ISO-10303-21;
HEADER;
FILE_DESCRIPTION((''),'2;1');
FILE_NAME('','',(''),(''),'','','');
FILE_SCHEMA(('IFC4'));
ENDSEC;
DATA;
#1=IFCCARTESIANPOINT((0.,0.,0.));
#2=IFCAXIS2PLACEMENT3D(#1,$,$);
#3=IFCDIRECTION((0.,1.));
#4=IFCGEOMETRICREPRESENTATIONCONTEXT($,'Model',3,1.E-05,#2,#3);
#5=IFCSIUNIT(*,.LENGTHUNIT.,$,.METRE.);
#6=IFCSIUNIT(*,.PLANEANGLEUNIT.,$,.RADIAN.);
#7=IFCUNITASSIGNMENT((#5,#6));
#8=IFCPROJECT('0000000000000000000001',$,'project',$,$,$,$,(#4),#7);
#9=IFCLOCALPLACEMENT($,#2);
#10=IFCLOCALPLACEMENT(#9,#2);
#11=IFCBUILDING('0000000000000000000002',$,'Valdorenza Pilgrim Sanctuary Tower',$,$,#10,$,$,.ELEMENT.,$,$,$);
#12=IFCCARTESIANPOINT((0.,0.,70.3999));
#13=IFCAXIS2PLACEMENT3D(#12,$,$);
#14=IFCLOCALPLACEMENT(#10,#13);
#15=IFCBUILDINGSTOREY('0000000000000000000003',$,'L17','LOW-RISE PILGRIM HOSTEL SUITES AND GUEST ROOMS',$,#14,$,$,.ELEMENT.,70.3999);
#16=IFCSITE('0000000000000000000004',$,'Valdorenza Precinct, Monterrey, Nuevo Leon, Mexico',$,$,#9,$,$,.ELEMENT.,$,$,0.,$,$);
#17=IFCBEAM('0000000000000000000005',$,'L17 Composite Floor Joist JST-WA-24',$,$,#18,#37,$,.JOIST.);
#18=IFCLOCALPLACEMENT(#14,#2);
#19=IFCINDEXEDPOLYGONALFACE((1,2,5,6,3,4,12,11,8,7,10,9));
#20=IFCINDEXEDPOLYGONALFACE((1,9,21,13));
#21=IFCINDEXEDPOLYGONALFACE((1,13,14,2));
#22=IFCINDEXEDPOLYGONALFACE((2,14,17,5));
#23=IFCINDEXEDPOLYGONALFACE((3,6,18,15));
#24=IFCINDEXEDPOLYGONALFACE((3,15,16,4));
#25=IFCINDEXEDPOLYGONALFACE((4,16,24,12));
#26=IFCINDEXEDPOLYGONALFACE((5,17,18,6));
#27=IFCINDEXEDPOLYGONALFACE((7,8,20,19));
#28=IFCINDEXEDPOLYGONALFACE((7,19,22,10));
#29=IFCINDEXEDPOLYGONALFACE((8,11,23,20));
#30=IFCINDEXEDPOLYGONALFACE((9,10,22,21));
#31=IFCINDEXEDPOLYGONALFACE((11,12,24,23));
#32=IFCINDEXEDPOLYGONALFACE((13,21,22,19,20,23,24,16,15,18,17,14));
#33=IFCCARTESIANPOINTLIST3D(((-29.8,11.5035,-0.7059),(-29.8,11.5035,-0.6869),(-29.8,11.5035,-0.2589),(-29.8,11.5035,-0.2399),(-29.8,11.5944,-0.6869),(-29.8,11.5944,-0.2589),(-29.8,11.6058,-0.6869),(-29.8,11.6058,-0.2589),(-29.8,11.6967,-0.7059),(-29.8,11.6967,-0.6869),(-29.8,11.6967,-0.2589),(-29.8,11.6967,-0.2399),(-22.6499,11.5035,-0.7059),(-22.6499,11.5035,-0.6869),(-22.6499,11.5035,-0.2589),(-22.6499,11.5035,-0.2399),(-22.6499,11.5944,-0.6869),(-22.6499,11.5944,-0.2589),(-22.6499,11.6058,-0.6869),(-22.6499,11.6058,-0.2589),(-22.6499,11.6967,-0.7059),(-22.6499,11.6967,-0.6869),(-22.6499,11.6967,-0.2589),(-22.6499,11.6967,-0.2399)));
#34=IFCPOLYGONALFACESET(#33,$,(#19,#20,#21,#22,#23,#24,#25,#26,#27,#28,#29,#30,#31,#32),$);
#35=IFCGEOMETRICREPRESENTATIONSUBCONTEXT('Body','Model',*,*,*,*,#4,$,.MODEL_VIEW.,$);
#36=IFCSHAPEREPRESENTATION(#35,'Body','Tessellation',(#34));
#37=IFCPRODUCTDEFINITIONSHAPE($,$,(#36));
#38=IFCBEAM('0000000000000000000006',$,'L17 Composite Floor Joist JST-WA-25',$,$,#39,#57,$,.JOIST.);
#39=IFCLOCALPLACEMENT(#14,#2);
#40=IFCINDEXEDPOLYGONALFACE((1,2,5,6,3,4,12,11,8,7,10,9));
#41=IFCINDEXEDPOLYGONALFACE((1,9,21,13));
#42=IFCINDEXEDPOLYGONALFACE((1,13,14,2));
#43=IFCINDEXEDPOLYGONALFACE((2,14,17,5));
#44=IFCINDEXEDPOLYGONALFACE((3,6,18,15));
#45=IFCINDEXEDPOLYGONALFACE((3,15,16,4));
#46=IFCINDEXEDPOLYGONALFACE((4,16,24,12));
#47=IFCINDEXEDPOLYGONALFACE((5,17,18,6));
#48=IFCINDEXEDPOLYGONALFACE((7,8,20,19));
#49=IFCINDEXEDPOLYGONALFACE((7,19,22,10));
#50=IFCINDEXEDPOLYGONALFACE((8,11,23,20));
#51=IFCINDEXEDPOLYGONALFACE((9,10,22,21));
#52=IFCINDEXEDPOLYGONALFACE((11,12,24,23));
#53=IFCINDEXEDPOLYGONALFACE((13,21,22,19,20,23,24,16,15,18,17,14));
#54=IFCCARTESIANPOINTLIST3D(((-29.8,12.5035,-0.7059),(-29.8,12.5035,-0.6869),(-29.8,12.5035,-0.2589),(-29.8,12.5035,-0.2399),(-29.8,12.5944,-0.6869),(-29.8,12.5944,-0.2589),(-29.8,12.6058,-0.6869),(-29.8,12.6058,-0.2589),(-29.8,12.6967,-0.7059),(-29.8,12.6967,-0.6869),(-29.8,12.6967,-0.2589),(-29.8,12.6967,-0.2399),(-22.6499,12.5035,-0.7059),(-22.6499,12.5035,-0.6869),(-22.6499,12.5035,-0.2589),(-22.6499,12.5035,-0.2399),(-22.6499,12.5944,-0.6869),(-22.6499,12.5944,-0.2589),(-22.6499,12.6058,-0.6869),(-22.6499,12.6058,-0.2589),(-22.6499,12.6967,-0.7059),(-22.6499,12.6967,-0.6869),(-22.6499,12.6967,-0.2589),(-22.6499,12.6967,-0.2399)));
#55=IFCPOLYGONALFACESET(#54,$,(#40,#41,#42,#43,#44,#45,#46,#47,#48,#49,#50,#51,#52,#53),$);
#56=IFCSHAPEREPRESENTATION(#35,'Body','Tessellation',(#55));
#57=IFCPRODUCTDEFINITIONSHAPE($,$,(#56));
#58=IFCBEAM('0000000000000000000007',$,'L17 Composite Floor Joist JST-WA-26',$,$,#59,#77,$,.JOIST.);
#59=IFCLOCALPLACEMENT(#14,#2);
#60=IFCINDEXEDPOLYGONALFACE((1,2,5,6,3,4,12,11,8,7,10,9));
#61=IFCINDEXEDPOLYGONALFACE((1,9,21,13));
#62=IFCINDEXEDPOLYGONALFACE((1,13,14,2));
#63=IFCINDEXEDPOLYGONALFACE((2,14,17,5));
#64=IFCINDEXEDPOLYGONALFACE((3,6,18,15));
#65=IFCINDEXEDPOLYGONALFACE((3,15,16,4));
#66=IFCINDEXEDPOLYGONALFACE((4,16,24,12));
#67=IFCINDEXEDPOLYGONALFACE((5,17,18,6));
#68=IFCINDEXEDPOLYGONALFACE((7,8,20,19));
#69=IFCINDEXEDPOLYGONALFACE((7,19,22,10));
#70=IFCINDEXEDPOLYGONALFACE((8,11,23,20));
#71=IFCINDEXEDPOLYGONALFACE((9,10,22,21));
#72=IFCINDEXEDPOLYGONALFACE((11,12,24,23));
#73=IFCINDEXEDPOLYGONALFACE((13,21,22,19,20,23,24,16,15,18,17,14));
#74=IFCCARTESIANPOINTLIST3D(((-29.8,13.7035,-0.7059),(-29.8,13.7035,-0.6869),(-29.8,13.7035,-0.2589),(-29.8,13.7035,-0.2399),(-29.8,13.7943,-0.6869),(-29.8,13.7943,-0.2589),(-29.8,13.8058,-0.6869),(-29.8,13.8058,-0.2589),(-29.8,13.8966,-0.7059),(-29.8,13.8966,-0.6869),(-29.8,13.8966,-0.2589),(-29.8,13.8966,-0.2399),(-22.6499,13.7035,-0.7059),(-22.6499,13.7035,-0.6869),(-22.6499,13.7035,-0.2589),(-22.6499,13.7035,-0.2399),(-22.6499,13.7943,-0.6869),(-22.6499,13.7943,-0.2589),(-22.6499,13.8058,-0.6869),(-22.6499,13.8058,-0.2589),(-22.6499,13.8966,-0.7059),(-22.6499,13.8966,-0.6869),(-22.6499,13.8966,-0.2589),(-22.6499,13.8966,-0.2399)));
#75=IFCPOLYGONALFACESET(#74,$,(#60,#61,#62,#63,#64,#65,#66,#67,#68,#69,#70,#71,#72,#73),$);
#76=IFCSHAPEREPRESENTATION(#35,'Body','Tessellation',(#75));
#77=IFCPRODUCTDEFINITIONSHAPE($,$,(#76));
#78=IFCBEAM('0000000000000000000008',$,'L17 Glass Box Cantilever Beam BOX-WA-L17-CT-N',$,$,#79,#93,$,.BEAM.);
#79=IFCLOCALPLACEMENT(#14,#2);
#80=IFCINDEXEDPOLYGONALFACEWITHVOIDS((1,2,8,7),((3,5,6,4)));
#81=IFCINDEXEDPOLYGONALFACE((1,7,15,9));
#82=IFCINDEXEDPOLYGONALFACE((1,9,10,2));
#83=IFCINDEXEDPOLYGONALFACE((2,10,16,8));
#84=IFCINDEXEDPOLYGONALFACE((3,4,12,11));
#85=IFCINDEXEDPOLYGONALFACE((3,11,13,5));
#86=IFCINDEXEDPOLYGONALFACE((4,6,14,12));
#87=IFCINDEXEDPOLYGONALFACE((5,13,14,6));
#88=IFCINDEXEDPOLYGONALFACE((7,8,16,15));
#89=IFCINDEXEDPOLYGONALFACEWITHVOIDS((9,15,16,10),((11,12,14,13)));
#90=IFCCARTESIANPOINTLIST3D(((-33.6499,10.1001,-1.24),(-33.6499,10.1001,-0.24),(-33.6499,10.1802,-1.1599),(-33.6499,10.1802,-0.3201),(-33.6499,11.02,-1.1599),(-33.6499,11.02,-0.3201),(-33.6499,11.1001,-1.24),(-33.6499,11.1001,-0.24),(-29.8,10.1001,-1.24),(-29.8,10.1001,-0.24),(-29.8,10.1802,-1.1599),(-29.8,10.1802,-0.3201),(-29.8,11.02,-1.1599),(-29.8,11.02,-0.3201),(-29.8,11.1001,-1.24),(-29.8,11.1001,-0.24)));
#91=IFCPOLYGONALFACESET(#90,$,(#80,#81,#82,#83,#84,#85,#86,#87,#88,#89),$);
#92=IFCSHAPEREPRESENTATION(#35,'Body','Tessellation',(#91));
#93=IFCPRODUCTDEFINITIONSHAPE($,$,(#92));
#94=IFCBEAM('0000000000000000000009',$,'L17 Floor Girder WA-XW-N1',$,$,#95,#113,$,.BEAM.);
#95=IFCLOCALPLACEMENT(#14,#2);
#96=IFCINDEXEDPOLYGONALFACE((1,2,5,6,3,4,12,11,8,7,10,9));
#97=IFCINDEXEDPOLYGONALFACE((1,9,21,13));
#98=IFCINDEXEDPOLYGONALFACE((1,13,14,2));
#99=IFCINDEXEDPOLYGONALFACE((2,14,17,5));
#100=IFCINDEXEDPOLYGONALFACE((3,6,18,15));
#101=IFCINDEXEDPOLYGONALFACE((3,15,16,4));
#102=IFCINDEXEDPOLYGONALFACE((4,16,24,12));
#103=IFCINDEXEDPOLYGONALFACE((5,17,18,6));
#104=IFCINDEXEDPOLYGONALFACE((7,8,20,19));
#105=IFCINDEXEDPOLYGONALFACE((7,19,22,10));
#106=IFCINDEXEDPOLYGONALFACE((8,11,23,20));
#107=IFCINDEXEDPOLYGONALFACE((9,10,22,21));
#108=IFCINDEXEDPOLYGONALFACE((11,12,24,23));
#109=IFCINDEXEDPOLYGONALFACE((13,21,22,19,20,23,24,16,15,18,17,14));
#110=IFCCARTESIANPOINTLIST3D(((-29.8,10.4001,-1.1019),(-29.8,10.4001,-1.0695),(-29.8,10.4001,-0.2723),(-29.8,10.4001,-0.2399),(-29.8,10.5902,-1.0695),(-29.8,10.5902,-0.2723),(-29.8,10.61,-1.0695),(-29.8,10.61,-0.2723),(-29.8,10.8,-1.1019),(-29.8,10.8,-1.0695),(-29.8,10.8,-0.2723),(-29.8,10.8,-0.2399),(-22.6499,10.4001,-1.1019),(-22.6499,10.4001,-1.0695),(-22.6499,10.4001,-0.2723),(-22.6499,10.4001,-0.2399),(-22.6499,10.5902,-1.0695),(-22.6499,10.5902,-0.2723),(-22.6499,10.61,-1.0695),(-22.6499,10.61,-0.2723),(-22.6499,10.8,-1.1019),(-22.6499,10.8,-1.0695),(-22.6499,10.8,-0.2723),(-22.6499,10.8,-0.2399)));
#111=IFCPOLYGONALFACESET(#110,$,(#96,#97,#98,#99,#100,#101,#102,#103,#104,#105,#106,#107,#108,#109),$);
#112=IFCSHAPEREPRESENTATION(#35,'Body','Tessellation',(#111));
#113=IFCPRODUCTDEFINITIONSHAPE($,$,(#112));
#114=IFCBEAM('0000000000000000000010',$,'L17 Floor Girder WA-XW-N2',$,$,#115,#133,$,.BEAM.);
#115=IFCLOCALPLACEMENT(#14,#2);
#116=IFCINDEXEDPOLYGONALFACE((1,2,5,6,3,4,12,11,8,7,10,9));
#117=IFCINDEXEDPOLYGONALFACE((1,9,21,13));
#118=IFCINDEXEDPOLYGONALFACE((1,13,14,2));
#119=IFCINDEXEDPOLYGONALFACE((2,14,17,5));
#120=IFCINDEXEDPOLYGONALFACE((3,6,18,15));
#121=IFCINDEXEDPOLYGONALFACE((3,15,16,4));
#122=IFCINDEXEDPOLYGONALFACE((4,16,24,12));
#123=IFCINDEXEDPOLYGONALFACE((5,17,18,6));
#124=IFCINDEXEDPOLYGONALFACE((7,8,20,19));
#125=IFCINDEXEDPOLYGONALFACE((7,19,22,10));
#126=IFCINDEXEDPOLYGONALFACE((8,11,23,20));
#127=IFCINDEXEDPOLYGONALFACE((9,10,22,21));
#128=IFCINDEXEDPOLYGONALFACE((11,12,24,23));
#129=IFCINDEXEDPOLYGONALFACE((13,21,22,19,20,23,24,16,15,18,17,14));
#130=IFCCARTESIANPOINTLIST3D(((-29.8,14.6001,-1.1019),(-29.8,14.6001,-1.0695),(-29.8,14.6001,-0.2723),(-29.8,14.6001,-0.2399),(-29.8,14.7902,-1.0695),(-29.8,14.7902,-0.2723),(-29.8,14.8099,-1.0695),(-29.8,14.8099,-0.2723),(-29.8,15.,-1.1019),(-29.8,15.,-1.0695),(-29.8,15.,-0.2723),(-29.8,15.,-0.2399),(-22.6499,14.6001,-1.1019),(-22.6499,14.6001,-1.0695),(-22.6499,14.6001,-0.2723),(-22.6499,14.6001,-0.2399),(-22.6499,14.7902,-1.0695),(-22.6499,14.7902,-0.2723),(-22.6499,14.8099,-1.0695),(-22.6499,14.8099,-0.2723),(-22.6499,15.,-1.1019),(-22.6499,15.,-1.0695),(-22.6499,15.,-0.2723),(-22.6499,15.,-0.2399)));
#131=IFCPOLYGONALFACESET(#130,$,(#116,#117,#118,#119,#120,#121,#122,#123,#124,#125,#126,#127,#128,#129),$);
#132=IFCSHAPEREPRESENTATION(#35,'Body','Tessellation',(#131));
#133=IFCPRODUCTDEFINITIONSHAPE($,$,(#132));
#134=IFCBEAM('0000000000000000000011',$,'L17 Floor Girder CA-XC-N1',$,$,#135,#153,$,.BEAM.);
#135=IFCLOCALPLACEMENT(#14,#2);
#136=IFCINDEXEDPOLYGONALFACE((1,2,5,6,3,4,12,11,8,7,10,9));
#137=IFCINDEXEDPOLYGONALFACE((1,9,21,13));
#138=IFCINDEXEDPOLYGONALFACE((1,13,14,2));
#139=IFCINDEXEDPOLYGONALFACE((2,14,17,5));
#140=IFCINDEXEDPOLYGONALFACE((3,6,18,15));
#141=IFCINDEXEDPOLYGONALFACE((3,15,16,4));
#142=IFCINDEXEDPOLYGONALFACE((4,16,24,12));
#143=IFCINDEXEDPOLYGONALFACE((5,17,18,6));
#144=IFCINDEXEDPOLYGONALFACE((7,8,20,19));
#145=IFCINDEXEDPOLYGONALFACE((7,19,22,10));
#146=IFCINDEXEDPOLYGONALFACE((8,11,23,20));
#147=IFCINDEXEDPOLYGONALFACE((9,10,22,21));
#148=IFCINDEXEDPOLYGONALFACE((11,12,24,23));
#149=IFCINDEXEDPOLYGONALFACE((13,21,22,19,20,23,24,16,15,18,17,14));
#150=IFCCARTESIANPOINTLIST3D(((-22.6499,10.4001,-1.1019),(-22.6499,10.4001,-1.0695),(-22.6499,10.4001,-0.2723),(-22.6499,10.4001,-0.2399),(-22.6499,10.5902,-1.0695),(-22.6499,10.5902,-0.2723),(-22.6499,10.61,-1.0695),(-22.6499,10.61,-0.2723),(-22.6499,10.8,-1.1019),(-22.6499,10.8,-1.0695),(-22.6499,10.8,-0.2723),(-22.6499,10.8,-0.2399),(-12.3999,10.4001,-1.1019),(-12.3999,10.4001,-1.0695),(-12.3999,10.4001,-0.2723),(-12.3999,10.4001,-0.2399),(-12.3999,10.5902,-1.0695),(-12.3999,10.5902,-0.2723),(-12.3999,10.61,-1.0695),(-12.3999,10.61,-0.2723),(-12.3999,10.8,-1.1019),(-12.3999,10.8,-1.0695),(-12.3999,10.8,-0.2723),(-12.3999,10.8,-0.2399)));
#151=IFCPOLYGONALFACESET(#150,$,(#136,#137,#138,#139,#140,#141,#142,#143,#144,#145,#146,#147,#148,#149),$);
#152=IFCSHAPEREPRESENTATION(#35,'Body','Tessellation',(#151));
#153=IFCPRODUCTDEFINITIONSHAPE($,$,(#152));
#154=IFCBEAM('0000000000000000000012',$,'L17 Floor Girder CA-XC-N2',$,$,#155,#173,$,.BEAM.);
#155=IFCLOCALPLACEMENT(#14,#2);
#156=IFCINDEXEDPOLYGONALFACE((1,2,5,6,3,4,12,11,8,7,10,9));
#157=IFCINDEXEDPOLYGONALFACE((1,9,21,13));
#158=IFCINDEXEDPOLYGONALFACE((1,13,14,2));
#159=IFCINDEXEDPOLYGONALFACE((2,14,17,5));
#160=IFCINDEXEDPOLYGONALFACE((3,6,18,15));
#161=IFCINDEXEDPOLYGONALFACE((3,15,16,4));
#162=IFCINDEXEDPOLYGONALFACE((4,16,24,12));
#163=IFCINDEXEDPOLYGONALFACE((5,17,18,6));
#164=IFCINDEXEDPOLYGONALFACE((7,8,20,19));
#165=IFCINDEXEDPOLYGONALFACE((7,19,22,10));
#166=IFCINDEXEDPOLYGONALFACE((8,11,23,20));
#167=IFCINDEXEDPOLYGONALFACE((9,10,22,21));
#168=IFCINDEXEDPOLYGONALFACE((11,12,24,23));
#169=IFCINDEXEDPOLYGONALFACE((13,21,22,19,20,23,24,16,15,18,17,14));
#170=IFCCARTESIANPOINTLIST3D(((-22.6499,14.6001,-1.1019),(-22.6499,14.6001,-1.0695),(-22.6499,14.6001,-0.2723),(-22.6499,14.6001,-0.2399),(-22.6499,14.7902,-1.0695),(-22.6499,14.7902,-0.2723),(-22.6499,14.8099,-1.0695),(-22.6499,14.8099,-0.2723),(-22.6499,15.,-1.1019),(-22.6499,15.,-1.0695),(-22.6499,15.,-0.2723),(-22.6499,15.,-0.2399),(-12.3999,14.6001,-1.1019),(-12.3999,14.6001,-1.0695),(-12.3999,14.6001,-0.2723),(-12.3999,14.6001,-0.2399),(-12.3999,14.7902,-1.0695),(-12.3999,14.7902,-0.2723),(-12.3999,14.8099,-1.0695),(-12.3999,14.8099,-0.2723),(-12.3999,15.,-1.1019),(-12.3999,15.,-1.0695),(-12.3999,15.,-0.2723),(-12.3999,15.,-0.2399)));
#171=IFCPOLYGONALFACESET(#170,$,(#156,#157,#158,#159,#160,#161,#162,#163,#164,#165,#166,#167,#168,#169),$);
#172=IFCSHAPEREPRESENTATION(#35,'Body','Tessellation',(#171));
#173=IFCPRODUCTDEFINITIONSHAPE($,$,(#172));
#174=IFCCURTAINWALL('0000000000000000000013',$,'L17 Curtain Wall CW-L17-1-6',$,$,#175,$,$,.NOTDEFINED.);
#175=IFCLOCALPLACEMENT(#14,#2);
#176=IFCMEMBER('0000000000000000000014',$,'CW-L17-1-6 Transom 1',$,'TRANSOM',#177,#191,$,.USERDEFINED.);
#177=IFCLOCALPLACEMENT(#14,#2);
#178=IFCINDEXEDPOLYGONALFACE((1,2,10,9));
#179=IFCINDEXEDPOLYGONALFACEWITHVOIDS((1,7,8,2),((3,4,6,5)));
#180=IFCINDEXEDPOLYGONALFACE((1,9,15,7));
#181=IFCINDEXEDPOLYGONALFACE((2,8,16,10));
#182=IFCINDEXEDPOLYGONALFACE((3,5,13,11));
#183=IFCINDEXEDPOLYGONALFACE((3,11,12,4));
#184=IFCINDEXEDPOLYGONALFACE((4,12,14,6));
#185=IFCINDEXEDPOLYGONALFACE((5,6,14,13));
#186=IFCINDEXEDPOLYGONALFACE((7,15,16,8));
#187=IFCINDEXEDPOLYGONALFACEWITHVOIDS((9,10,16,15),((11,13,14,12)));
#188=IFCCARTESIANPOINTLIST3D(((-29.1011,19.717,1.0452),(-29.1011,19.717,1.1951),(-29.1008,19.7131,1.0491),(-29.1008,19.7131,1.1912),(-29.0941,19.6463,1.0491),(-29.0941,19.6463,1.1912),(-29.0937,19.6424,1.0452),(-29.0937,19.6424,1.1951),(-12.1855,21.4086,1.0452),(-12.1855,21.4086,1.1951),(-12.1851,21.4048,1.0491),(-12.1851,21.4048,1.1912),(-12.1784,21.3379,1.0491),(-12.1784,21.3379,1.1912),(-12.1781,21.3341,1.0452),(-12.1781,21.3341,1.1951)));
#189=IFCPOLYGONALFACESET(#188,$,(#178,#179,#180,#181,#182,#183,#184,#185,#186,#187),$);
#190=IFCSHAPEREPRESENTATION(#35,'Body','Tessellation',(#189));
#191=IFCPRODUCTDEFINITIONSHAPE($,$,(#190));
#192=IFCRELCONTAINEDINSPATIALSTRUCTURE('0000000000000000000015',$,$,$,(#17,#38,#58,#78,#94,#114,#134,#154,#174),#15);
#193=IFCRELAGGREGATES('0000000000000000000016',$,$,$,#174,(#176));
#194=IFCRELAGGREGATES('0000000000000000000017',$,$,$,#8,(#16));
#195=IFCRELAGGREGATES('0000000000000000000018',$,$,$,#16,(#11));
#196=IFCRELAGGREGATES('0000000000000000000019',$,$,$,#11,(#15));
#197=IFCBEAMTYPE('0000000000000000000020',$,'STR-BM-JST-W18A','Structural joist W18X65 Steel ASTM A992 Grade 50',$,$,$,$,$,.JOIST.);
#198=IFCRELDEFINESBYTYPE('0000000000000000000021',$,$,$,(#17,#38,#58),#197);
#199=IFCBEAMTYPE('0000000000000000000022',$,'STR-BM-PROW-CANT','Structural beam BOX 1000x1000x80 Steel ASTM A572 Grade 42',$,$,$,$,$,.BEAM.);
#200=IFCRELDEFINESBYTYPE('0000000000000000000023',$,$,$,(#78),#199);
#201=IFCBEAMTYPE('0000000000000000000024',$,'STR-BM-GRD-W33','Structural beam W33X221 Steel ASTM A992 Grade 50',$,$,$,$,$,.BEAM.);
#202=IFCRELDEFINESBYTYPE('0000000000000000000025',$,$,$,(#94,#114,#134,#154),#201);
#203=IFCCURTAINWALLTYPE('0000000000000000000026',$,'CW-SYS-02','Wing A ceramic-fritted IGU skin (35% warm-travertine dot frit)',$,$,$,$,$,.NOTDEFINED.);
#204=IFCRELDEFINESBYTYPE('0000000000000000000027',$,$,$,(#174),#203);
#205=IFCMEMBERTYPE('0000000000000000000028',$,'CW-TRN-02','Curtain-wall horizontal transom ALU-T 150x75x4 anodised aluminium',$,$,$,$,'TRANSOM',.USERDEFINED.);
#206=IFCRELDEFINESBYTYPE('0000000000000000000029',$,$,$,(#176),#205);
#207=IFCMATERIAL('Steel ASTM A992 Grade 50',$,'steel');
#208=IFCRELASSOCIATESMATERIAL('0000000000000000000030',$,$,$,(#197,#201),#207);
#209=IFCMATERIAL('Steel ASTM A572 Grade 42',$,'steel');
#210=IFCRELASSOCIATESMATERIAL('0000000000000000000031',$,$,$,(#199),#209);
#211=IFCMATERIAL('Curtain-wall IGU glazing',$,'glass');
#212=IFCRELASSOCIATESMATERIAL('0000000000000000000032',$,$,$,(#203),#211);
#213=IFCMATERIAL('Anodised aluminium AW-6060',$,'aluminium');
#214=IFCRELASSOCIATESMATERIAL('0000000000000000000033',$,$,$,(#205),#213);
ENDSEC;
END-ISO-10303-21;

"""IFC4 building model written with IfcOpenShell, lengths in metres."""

from ifc_helpers import new_model, si_unit, direction, frame, origin, origin_2d, place, context, subcontext, project, spatial, hollow_rectangle, i_section, extrude, source, transform, mapped, material, material_profile, profile_set, type_object, element, aggregate, save


model = new_model("IFC4")

# Units and contexts
model_context = context("Model", 3, precision=1e-05, world=origin(), true_north=direction((0.0, 1.0)))
body_context = subcontext(model_context, "Body", "Model", "MODEL_VIEW")
ifc_project = project(units=[si_unit("LENGTHUNIT", "METRE"), si_unit("PLANEANGLEUNIT", "RADIAN")], contexts=[model_context])

# Site, building, storey
site_placement = place(None, origin())
site = spatial("IfcSite", under=ifc_project, at=site_placement, Name="Valdorenza Precinct, Monterrey, Nuevo Leon, Mexico", CompositionType="ELEMENT", RefElevation=0.0)
building_placement = place(site_placement, origin())
building = spatial("IfcBuilding", under=site, at=building_placement, Name="Valdorenza Pilgrim Sanctuary Tower", CompositionType="ELEMENT")
storey_placement = place(building_placement, frame((0.0, 0.0, 70.3999)))
storey = spatial("IfcBuildingStorey", under=building, at=storey_placement, Name="L17", Description="LOW-RISE PILGRIM HOSTEL SUITES AND GUEST ROOMS", CompositionType="ELEMENT", Elevation=70.3999)

# Beams
ifc_material_1 = material(Name="Steel ASTM A992 Grade 50", Category="steel")
ifc_material_profile_1 = material_profile(ifc_material_1, i_section(OverallWidth=0.1931, OverallDepth=0.4661, WebThickness=0.0115, FlangeThickness=0.019, at=origin_2d()), Name="W18X65")
ifc_profile_set_1 = profile_set([ifc_material_profile_1], Name="Steel ASTM A992 Grade 50")
beam_type_1 = type_object("IfcBeamType", Name="STR-BM-JST-W18A", Description="Structural joist W18X65 Steel ASTM A992 Grade 50", PredefinedType="JOIST", material=ifc_profile_set_1)
shared_shape_1 = source(origin(), body_context, "Body", "SweptSolid", [
    extrude(i_section(OverallWidth=0.1931, OverallDepth=0.4661, WebThickness=0.0115, FlangeThickness=0.019, at=origin_2d()), origin(), (0.0, 0.0, 1.0), 7.1501),
])
for number, where, z_axis, x_axis, name in (
    (1, (-29.8, 11.6001, -0.4729), (1.0, 0.0, 0.0), (0.0, 1.0, 0.0), "L17 Composite Floor Joist JST-WA-24"),
    (2, (-29.8, 12.6001, -0.4729), (1.0, 0.0, 0.0), (0.0, 1.0, 0.0), "L17 Composite Floor Joist JST-WA-25"),
    (3, (-29.8, 13.8, -0.4729), (1.0, 0.0, 0.0), (0.0, 1.0, 0.0), "L17 Composite Floor Joist JST-WA-26"),
):
    element("IfcBeam", number, at=place(storey_placement, frame(where, z_axis=z_axis, x_axis=x_axis)), inside=storey, type_object=beam_type_1, Name=name, PredefinedType="JOIST", context=body_context, shape_type="MappedRepresentation", body=[
        mapped(shared_shape_1, transform((0.0, 0.0, 0.0), x_axis=(1.0, 0.0, 0.0), y_axis=(0.0, 1.0, 0.0), z_axis=(0.0, 0.0, 1.0), scale=1.0)),
    ])
ifc_material_2 = material(Name="Steel ASTM A572 Grade 42", Category="steel")
ifc_material_profile_2 = material_profile(ifc_material_2, hollow_rectangle(XDim=1.0, YDim=1.0, WallThickness=0.0801, at=origin_2d()), Name="BOX 1000x1000x80")
ifc_profile_set_2 = profile_set([ifc_material_profile_2], Name="Steel ASTM A572 Grade 42")
beam_type_2 = type_object("IfcBeamType", Name="STR-BM-PROW-CANT", Description="Structural beam BOX 1000x1000x80 Steel ASTM A572 Grade 42", PredefinedType="BEAM", material=ifc_profile_set_2)
shared_shape_2 = source(origin(), body_context, "Body", "SweptSolid", [
    extrude(hollow_rectangle(XDim=1.0, YDim=1.0, WallThickness=0.0801, at=origin_2d()), origin(), (0.0, 0.0, 1.0), 3.8499),
])
beam_1_placement = place(storey_placement, frame((-29.8, 10.6001, -0.74), z_axis=(-1.0, 0.0, 0.0), x_axis=(0.0, -1.0, 0.0)))
element("IfcBeam", 4, at=beam_1_placement, inside=storey, type_object=beam_type_2, Name="L17 Glass Box Cantilever Beam BOX-WA-L17-CT-N", PredefinedType="BEAM", context=body_context, shape_type="MappedRepresentation", body=[
    mapped(shared_shape_2, transform((0.0, 0.0, 0.0), x_axis=(1.0, 0.0, 0.0), y_axis=(0.0, 1.0, 0.0), z_axis=(0.0, 0.0, 1.0), scale=1.0)),
])
ifc_material_profile_3 = material_profile(ifc_material_1, i_section(OverallWidth=0.3999, OverallDepth=0.8621, WebThickness=0.0198, FlangeThickness=0.0325, at=origin_2d()), Name="W33X221")
ifc_profile_set_3 = profile_set([ifc_material_profile_3], Name="Steel ASTM A992 Grade 50")
beam_type_3 = type_object("IfcBeamType", Name="STR-BM-GRD-W33", Description="Structural beam W33X221 Steel ASTM A992 Grade 50", PredefinedType="BEAM", material=ifc_profile_set_3)
shared_shape_3 = source(origin(), body_context, "Body", "SweptSolid", [
    extrude(i_section(OverallWidth=0.3999, OverallDepth=0.8621, WebThickness=0.0198, FlangeThickness=0.0325, at=origin_2d()), origin(), (0.0, 0.0, 1.0), 7.1501),
])
for number, where, z_axis, x_axis, name in (
    (5, (-29.8, 10.6001, -0.6709), (1.0, 0.0, 0.0), (0.0, 1.0, 0.0), "L17 Floor Girder WA-XW-N1"),
    (6, (-29.8, 14.8, -0.6709), (1.0, 0.0, 0.0), (0.0, 1.0, 0.0), "L17 Floor Girder WA-XW-N2"),
):
    element("IfcBeam", number, at=place(storey_placement, frame(where, z_axis=z_axis, x_axis=x_axis)), inside=storey, type_object=beam_type_3, Name=name, PredefinedType="BEAM", context=body_context, shape_type="MappedRepresentation", body=[
        mapped(shared_shape_3, transform((0.0, 0.0, 0.0), x_axis=(1.0, 0.0, 0.0), y_axis=(0.0, 1.0, 0.0), z_axis=(0.0, 0.0, 1.0), scale=1.0)),
    ])
shared_shape_4 = source(origin(), body_context, "Body", "SweptSolid", [
    extrude(i_section(OverallWidth=0.3999, OverallDepth=0.8621, WebThickness=0.0198, FlangeThickness=0.0325, at=origin_2d()), origin(), (0.0, 0.0, 1.0), 10.25),
])
for number, where, z_axis, x_axis, name in (
    (7, (-22.6499, 10.6001, -0.6709), (1.0, 0.0, 0.0), (0.0, 1.0, 0.0), "L17 Floor Girder CA-XC-N1"),
    (8, (-22.6499, 14.8, -0.6709), (1.0, 0.0, 0.0), (0.0, 1.0, 0.0), "L17 Floor Girder CA-XC-N2"),
):
    element("IfcBeam", number, at=place(storey_placement, frame(where, z_axis=z_axis, x_axis=x_axis)), inside=storey, type_object=beam_type_3, Name=name, PredefinedType="BEAM", context=body_context, shape_type="MappedRepresentation", body=[
        mapped(shared_shape_4, transform((0.0, 0.0, 0.0), x_axis=(1.0, 0.0, 0.0), y_axis=(0.0, 1.0, 0.0), z_axis=(0.0, 0.0, 1.0), scale=1.0)),
    ])

# Curtain wall, member
ifc_material_3 = material(Name="Curtain-wall IGU glazing", Category="glass")
curtain_wall_type = type_object("IfcCurtainWallType", Name="CW-SYS-02", Description="Wing A ceramic-fritted IGU skin (35% warm-travertine dot frit)", PredefinedType="NOTDEFINED", material=ifc_material_3)
curtain_wall_1_placement = place(storey_placement, origin())
curtain_wall_1 = element("IfcCurtainWall", 9, at=curtain_wall_1_placement, inside=storey, type_object=curtain_wall_type, Name="L17 Curtain Wall CW-L17-1-6", PredefinedType="NOTDEFINED")
ifc_material_4 = material(Name="Anodised aluminium AW-6060", Category="aluminium")
ifc_material_profile_4 = material_profile(ifc_material_4, hollow_rectangle(XDim=0.075, YDim=0.1499, WallThickness=0.0039, at=origin_2d()), Name="ALU-T 150x75x4")
ifc_profile_set_4 = profile_set([ifc_material_profile_4], Name="Anodised aluminium AW-6060")
member_type_1 = type_object("IfcMemberType", Name="CW-TRN-02", Description="Curtain-wall horizontal transom ALU-T 150x75x4 anodised aluminium", ElementType="TRANSOM", PredefinedType="USERDEFINED", material=ifc_profile_set_4)
shared_shape_5 = source(origin(), body_context, "Body", "SweptSolid", [
    extrude(hollow_rectangle(XDim=0.075, YDim=0.1499, WallThickness=0.0039, at=origin_2d()), origin(), (0.0, 0.0, 1.0), 17.0),
])
member_1_placement = place(storey_placement, frame((-29.0974, 19.6797, 1.1201), z_axis=(0.995037, 0.099509, 0.0), x_axis=(-0.099509, 0.995037, 0.0)))
member_1 = element("IfcMember", 10, at=member_1_placement, type_object=member_type_1, Name="CW-L17-1-6 Transom 1", ObjectType="TRANSOM", PredefinedType="USERDEFINED", context=body_context, shape_type="MappedRepresentation", body=[
    mapped(shared_shape_5, transform((0.0, 0.0, 0.0), x_axis=(1.0, 0.0, 0.0), y_axis=(0.0, 1.0, 0.0), z_axis=(0.0, 0.0, 1.0), scale=1.0)),
])

aggregate(curtain_wall_1, [member_1])

save(model, "model.ifc")
